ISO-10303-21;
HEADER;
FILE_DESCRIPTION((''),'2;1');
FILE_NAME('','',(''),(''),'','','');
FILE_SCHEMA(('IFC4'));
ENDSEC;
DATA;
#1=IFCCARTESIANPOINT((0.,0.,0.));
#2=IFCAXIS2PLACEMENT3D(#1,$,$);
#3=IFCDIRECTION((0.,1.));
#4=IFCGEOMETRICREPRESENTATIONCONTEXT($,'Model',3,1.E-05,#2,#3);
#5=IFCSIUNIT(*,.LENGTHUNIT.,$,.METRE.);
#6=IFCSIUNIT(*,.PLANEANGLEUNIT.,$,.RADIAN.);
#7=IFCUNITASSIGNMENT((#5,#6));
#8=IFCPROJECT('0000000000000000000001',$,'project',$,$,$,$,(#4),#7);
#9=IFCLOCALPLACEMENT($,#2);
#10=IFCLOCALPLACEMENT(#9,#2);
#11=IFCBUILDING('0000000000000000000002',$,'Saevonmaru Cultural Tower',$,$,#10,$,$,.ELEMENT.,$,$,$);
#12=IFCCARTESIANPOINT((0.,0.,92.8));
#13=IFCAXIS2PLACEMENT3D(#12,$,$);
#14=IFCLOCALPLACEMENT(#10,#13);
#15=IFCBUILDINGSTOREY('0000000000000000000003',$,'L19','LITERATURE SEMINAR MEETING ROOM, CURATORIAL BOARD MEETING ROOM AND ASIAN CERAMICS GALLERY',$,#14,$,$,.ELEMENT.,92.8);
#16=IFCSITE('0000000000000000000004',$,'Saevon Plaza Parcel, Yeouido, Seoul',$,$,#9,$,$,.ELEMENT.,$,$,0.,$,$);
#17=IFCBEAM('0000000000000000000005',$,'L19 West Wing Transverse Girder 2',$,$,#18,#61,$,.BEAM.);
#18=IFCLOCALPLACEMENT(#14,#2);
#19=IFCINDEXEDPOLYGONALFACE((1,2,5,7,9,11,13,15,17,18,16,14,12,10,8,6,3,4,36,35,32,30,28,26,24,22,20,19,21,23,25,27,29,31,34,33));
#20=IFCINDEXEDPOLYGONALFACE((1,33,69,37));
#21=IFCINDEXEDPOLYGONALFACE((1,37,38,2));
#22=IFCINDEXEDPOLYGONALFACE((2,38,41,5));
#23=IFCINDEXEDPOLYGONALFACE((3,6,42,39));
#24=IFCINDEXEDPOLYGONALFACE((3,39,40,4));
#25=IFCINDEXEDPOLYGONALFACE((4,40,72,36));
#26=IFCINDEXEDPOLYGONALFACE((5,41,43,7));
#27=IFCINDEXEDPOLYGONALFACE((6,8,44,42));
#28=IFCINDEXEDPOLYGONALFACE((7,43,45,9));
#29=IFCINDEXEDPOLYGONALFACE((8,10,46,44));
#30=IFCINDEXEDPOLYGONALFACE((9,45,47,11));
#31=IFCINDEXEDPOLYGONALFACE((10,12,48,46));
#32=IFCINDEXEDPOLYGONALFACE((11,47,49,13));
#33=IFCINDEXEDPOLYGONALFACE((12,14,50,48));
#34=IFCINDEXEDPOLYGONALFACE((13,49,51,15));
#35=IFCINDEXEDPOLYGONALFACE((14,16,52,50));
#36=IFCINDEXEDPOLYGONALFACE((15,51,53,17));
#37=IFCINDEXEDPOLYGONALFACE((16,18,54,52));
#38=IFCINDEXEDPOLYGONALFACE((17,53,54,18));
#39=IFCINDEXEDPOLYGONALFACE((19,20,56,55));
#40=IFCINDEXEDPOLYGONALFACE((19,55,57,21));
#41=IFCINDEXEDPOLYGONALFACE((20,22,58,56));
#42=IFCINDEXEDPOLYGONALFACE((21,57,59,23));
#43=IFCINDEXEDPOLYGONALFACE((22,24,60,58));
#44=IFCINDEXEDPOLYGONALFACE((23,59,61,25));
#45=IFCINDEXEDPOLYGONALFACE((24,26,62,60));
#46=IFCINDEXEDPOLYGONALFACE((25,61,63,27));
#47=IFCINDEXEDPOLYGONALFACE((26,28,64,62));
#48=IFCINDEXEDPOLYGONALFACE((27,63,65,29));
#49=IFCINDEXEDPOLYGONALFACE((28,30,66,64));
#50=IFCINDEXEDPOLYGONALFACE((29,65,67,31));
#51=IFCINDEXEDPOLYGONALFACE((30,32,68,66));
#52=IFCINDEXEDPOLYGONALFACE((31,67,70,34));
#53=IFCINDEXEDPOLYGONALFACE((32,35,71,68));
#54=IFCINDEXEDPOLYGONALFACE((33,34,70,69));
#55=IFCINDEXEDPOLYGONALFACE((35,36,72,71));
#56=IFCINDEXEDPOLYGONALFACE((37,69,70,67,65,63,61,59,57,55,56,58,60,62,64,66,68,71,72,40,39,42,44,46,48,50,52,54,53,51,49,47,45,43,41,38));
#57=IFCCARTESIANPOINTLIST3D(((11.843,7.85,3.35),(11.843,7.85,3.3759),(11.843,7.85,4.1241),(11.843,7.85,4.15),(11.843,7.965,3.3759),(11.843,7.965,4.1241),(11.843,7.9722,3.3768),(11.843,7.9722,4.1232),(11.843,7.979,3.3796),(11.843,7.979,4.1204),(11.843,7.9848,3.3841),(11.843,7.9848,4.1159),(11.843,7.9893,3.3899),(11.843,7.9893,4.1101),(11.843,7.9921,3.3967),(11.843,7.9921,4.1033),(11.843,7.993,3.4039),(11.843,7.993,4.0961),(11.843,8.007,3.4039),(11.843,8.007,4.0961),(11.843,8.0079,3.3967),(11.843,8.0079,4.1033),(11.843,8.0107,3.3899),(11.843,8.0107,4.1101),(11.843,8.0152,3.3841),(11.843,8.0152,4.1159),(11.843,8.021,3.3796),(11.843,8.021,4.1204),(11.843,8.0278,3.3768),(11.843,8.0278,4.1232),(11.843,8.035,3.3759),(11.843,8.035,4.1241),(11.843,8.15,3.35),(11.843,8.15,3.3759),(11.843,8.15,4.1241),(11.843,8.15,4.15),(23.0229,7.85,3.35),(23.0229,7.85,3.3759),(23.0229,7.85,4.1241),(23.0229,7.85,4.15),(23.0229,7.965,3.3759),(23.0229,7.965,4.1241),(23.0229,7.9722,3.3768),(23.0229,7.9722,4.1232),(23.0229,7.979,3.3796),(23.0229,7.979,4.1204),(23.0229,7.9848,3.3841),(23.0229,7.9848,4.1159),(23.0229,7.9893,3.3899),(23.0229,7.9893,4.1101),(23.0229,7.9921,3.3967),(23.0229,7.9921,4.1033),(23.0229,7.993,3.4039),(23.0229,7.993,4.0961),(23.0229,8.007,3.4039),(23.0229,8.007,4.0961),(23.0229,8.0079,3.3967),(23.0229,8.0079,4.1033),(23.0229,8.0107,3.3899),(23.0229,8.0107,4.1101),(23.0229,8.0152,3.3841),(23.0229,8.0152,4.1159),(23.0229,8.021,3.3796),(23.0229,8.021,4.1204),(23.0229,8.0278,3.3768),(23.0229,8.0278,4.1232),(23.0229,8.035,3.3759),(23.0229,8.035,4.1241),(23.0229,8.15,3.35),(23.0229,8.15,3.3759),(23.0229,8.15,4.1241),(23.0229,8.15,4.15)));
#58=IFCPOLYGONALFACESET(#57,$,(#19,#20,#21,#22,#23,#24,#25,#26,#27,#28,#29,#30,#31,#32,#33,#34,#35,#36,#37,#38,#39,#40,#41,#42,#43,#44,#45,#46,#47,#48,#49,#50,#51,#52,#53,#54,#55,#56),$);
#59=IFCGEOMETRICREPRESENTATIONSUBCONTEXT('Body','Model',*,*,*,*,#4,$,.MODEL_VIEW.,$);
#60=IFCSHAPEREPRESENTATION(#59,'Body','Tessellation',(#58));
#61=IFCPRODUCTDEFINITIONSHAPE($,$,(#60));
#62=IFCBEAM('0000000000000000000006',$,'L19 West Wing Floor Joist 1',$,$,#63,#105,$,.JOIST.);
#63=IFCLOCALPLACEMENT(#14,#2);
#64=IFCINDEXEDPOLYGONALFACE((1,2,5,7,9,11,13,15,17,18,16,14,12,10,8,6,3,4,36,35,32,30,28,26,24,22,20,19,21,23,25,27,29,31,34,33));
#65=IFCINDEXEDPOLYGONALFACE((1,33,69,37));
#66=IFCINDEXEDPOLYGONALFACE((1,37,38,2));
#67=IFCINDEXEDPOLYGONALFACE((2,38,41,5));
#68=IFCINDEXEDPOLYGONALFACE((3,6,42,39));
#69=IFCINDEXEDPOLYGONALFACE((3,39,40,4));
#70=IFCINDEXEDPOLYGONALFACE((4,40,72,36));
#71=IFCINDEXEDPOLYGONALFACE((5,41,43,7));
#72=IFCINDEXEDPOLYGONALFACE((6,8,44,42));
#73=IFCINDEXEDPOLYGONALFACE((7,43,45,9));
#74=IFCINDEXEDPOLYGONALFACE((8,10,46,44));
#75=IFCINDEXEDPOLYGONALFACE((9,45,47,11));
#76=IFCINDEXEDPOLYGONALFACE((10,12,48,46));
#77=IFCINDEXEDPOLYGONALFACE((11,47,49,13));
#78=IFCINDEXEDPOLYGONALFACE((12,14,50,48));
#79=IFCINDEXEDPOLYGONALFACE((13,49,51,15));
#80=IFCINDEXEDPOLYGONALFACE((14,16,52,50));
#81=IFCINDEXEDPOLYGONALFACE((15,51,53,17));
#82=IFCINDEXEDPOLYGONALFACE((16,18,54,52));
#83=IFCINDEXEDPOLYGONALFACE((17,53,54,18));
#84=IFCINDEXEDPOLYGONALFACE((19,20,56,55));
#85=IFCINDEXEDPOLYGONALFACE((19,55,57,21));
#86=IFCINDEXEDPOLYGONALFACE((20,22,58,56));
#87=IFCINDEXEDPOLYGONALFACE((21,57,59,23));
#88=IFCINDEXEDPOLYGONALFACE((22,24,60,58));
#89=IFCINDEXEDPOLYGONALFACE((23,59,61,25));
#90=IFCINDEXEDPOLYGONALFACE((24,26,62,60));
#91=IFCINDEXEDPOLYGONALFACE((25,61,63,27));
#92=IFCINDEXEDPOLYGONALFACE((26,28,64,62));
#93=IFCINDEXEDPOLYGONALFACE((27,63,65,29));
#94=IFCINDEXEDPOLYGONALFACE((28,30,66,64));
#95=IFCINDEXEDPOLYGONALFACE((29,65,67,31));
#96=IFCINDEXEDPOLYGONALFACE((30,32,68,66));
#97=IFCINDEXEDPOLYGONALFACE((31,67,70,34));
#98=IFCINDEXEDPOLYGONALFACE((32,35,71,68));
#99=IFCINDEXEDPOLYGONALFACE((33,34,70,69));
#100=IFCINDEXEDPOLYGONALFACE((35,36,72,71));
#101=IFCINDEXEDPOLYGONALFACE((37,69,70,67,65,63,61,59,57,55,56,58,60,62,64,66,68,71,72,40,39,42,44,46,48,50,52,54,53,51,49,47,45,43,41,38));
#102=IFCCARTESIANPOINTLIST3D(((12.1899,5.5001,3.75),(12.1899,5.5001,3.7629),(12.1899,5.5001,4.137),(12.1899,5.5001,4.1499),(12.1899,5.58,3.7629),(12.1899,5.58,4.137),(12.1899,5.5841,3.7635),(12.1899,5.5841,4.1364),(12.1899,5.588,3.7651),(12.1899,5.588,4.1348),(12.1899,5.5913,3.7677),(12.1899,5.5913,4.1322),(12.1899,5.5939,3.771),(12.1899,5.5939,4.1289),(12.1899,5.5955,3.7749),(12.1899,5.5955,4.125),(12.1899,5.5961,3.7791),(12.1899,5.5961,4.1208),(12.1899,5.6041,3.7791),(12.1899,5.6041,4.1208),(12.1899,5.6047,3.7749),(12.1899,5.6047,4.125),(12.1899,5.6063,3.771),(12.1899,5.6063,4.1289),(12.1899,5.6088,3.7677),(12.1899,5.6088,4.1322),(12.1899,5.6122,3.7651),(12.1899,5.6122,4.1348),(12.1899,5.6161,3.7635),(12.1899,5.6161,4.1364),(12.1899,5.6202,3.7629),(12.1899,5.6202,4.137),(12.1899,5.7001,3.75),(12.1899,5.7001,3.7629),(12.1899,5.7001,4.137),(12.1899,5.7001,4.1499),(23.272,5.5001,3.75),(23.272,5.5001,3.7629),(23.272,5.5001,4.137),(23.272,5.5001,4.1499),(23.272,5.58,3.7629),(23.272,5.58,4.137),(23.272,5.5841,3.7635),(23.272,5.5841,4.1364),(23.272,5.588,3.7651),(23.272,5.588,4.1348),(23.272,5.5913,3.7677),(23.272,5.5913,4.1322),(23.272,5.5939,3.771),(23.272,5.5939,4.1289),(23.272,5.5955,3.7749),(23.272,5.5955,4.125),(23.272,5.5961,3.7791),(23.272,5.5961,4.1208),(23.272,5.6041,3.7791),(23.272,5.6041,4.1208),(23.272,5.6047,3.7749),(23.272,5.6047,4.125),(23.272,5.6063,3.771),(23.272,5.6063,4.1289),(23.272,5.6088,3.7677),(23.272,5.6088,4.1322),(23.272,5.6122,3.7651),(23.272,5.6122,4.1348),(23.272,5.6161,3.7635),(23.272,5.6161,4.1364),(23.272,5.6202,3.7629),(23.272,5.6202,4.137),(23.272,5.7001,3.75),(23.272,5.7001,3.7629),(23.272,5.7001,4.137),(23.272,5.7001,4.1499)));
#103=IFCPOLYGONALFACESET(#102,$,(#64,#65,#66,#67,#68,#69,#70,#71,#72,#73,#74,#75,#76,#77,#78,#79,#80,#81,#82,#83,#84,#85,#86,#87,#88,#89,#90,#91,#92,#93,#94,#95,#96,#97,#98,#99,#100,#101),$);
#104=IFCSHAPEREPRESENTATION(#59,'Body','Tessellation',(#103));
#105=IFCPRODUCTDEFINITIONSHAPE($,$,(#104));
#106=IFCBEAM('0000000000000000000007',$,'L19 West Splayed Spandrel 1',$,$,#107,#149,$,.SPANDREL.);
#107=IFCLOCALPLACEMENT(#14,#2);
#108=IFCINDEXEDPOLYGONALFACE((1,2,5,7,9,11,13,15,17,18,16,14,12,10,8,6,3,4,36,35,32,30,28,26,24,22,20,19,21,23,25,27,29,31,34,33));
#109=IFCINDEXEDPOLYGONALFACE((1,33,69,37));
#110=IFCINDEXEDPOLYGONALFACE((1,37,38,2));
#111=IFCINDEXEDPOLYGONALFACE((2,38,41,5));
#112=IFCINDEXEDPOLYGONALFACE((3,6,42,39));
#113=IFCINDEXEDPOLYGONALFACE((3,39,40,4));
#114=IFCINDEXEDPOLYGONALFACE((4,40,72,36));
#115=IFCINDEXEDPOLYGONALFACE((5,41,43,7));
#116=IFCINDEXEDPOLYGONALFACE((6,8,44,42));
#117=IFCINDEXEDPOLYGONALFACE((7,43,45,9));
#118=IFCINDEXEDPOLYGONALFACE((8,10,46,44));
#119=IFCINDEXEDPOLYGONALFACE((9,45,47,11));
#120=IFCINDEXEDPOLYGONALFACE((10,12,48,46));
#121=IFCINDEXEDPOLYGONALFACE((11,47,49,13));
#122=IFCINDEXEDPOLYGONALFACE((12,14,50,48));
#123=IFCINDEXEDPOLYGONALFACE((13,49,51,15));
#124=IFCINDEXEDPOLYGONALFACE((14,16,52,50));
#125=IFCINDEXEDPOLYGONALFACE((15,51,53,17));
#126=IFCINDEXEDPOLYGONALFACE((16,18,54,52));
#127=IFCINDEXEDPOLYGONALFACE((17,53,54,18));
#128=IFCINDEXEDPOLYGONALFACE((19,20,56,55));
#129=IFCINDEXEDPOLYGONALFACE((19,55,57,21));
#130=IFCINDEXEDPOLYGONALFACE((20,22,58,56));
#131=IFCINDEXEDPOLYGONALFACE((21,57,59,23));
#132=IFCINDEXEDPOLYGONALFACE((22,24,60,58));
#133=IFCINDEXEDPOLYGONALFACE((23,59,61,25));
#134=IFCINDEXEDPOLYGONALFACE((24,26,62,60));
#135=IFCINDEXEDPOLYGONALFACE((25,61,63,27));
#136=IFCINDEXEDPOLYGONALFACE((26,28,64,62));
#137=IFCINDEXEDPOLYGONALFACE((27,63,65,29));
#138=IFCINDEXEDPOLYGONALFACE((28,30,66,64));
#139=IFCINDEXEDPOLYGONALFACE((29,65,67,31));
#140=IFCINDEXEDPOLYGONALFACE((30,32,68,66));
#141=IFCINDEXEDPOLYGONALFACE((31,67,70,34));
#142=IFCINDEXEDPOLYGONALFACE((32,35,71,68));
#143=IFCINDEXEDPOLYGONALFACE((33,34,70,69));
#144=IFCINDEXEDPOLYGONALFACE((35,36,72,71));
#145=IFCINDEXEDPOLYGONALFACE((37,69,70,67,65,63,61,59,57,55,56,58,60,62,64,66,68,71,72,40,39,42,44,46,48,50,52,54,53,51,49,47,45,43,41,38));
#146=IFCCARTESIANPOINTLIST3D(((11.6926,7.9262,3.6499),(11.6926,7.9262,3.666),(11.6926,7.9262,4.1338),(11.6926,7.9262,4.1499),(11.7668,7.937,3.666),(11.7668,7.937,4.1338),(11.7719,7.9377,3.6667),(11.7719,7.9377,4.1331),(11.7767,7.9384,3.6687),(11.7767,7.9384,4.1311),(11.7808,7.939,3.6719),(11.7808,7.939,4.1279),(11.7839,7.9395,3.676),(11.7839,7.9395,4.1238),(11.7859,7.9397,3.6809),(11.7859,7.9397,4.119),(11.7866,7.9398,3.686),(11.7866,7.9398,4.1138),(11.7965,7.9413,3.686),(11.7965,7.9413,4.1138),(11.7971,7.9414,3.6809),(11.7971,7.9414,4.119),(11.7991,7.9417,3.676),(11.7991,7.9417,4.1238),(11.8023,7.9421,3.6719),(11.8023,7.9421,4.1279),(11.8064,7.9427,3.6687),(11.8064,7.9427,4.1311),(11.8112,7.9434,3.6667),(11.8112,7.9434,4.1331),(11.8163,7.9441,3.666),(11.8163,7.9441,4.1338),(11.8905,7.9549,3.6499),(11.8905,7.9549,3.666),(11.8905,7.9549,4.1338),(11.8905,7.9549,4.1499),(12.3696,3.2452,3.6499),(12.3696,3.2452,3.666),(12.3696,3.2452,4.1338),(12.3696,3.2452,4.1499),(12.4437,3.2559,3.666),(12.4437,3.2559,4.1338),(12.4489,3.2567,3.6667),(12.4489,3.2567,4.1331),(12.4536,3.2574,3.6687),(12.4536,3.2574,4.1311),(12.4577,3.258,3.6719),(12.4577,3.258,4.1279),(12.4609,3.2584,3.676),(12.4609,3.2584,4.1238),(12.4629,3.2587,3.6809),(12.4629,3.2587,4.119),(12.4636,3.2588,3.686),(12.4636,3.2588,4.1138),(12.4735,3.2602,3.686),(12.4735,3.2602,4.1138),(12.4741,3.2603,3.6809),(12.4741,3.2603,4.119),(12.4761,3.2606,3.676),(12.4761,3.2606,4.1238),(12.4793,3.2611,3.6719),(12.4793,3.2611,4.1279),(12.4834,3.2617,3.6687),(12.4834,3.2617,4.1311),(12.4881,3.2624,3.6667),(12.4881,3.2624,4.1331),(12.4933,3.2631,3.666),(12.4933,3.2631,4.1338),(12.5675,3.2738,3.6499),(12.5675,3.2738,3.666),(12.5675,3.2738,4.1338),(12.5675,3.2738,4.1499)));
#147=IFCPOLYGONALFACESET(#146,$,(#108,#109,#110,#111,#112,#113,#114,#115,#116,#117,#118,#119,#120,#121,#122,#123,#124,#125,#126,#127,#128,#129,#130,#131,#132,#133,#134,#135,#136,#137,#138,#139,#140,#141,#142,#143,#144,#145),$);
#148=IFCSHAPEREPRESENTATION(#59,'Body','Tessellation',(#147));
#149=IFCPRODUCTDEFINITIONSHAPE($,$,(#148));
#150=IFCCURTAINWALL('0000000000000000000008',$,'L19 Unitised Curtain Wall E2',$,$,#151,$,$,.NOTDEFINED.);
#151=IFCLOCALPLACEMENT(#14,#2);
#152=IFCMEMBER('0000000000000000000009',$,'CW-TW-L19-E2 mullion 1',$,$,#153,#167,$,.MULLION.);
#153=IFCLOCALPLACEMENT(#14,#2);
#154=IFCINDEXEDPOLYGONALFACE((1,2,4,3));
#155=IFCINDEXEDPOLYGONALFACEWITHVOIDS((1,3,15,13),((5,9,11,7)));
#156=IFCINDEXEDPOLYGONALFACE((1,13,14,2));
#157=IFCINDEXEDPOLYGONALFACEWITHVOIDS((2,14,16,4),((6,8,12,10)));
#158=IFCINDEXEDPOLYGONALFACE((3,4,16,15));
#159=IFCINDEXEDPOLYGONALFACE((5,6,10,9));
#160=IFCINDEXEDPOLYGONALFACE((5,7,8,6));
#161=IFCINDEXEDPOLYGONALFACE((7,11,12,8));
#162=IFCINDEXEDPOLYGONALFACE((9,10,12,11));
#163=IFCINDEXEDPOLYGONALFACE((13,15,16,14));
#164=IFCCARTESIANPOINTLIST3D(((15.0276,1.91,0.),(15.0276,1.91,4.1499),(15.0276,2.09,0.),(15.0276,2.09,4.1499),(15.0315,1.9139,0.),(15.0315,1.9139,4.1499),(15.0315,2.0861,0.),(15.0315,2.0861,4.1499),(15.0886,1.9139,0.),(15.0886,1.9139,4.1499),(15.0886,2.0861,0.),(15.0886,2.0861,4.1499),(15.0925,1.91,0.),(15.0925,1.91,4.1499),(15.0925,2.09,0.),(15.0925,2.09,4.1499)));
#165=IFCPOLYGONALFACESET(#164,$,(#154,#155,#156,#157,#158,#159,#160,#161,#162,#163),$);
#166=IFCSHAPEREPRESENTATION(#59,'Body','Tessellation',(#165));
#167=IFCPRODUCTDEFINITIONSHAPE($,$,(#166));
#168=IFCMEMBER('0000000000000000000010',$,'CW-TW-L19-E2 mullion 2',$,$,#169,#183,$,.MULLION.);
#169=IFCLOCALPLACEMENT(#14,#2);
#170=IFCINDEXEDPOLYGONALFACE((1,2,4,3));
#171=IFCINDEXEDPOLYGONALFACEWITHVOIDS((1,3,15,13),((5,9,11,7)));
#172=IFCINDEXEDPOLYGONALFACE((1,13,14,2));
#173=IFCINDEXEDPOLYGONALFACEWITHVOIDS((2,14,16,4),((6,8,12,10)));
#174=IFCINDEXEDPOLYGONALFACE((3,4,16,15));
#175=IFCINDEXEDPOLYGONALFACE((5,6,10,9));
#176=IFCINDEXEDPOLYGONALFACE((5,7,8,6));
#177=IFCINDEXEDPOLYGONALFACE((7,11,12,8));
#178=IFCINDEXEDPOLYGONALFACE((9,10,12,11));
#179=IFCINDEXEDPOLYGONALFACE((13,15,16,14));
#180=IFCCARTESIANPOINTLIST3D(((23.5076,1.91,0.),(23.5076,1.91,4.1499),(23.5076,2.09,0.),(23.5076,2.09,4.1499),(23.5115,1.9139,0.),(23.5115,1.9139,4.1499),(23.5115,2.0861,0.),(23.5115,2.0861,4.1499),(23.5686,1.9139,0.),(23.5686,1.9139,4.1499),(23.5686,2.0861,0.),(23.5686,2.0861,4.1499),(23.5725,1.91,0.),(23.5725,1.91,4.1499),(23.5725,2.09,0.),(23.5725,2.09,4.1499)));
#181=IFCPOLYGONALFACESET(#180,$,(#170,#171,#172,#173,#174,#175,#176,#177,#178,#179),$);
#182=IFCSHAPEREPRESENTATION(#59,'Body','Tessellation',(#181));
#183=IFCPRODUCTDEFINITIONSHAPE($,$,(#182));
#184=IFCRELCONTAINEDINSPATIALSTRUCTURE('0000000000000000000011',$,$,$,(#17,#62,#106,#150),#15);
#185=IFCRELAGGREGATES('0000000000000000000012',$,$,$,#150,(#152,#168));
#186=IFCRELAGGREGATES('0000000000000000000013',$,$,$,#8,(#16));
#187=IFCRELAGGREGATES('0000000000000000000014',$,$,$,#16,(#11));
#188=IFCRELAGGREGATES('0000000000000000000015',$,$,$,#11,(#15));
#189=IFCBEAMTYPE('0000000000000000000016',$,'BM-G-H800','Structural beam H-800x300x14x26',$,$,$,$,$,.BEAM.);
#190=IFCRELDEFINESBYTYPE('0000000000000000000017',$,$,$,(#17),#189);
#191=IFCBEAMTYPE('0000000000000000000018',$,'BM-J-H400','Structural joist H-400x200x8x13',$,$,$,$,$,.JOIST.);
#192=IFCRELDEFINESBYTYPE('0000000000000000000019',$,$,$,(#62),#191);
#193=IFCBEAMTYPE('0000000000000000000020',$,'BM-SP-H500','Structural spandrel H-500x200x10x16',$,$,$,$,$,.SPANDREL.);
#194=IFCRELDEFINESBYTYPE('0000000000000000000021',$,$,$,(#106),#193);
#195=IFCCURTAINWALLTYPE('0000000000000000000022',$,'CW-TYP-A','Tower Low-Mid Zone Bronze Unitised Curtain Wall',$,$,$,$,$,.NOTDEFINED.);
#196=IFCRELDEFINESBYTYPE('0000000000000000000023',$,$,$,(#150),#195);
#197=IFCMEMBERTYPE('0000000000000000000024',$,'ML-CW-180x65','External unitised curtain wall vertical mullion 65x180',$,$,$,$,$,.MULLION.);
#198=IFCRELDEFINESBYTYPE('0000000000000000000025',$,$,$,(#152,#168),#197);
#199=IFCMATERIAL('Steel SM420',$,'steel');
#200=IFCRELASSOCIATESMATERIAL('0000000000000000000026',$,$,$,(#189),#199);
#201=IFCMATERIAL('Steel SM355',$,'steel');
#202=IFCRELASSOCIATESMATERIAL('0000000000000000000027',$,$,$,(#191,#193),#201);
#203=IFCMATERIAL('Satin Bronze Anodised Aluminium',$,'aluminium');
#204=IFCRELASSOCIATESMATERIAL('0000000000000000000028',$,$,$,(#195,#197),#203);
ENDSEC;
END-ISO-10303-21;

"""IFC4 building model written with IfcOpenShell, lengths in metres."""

from ifc_helpers import new_model, si_unit, direction, frame, origin, origin_2d, place, context, subcontext, project, spatial, hollow_rectangle, i_section, extrude, material, material_profile, profile_set, type_object, element, aggregate, save


model = new_model("IFC4")

# Units and contexts
model_context = context("Model", 3, precision=1e-05, world=origin(), true_north=direction((0.0, 1.0)))
body_context = subcontext(model_context, "Body", "Model", "MODEL_VIEW")
ifc_project = project(units=[si_unit("LENGTHUNIT", "METRE"), si_unit("PLANEANGLEUNIT", "RADIAN")], contexts=[model_context])

# Site, building, storey
site_placement = place(None, origin())
site = spatial("IfcSite", under=ifc_project, at=site_placement, Name="Saevon Plaza Parcel, Yeouido, Seoul", CompositionType="ELEMENT", RefElevation=0.0)
building_placement = place(site_placement, origin())
building = spatial("IfcBuilding", under=site, at=building_placement, Name="Saevonmaru Cultural Tower", CompositionType="ELEMENT")
storey_placement = place(building_placement, frame((0.0, 0.0, 92.8)))
storey = spatial("IfcBuildingStorey", under=building, at=storey_placement, Name="L19", Description="LITERATURE SEMINAR MEETING ROOM, CURATORIAL BOARD MEETING ROOM AND ASIAN CERAMICS GALLERY", CompositionType="ELEMENT", Elevation=92.8)

# Shared definitions
ifc_material_1 = material(Name="Steel SM420", Category="steel")

# Beams
ifc_material_profile_1 = material_profile(ifc_material_1, i_section(OverallWidth=0.3, OverallDepth=0.8, WebThickness=0.0139, FlangeThickness=0.0259, FilletRadius=0.0281, at=origin_2d()), Name="H-800x300x14x26")
ifc_profile_set_1 = profile_set([ifc_material_profile_1], Name="Steel SM420")
beam_type_1 = type_object("IfcBeamType", Name="BM-G-H800", Description="Structural beam H-800x300x14x26", PredefinedType="BEAM", material=ifc_profile_set_1)
for number, where, z_axis, x_axis, name in (
    (1, (11.843, 8.0, 3.75), (1.0, 0.0, 0.0), (0.0, 1.0, 0.0), "L19 West Wing Transverse Girder 2"),
):
    element("IfcBeam", number, at=place(storey_placement, frame(where, z_axis=z_axis, x_axis=x_axis)), inside=storey, type_object=beam_type_1, Name=name, PredefinedType="BEAM", context=body_context, shape_type="SweptSolid", body=[
        extrude(i_section(OverallWidth=0.3, OverallDepth=0.8, WebThickness=0.0139, FlangeThickness=0.0259, FilletRadius=0.0281, at=origin_2d()), origin(), (0.0, 0.0, 1.0), 11.1799),
    ])
ifc_material_2 = material(Name="Steel SM355", Category="steel")
ifc_material_profile_2 = material_profile(ifc_material_2, i_section(OverallWidth=0.2, OverallDepth=0.3999, WebThickness=0.0081, FlangeThickness=0.0129, FilletRadius=0.0161, at=origin_2d()), Name="H-400x200x8x13")
ifc_profile_set_2 = profile_set([ifc_material_profile_2], Name="Steel SM355")
beam_type_2 = type_object("IfcBeamType", Name="BM-J-H400", Description="Structural joist H-400x200x8x13", PredefinedType="JOIST", material=ifc_profile_set_2)
beam_1_placement = place(storey_placement, frame((12.1899, 5.6001, 3.95), z_axis=(1.0, 0.0, 0.0), x_axis=(0.0, 1.0, 0.0)))
element("IfcBeam", 2, at=beam_1_placement, inside=storey, type_object=beam_type_2, Name="L19 West Wing Floor Joist 1", PredefinedType="JOIST", context=body_context, shape_type="SweptSolid", body=[
    extrude(i_section(OverallWidth=0.2, OverallDepth=0.3999, WebThickness=0.0081, FlangeThickness=0.0129, FilletRadius=0.0161, at=origin_2d()), origin(), (0.0, 0.0, 1.0), 11.082),
])
ifc_material_profile_3 = material_profile(ifc_material_2, i_section(OverallWidth=0.2, OverallDepth=0.5, WebThickness=0.01, FlangeThickness=0.0161, FilletRadius=0.02, at=origin_2d()), Name="H-500x200x10x16")
ifc_profile_set_3 = profile_set([ifc_material_profile_3], Name="Steel SM355")
beam_type_3 = type_object("IfcBeamType", Name="BM-SP-H500", Description="Structural spandrel H-500x200x10x16", PredefinedType="SPANDREL", material=ifc_profile_set_3)
beam_2_placement = place(storey_placement, frame((12.4685, 3.2595, 3.8999), z_axis=(-0.143134, 0.989703, 0.0), x_axis=(-0.989703, -0.143134, 0.0)))
element("IfcBeam", 3, at=beam_2_placement, inside=storey, type_object=beam_type_3, Name="L19 West Splayed Spandrel 1", PredefinedType="SPANDREL", context=body_context, shape_type="SweptSolid", body=[
    extrude(i_section(OverallWidth=0.2, OverallDepth=0.5, WebThickness=0.01, FlangeThickness=0.0161, FilletRadius=0.02, at=origin_2d()), origin(), (0.0, 0.0, 1.0), 4.7297),
])

# Curtain wall, members
ifc_material_3 = material(Name="Satin Bronze Anodised Aluminium", Category="aluminium")
curtain_wall_type = type_object("IfcCurtainWallType", Name="CW-TYP-A", Description="Tower Low-Mid Zone Bronze Unitised Curtain Wall", PredefinedType="NOTDEFINED", material=ifc_material_3)
curtain_wall_1_placement = place(storey_placement, origin())
curtain_wall_1 = element("IfcCurtainWall", 4, at=curtain_wall_1_placement, inside=storey, type_object=curtain_wall_type, Name="L19 Unitised Curtain Wall E2", PredefinedType="NOTDEFINED")
ifc_material_profile_4 = material_profile(ifc_material_3, hollow_rectangle(XDim=0.0649, YDim=0.1799, WallThickness=0.0039, at=origin_2d()), Name="ALU-MULL-180x65x4")
ifc_profile_set_4 = profile_set([ifc_material_profile_4], Name="Satin Bronze Anodised Aluminium")
member_type_1 = type_object("IfcMemberType", Name="ML-CW-180x65", Description="External unitised curtain wall vertical mullion 65x180", PredefinedType="MULLION", material=ifc_profile_set_4)
member_1_placement = place(storey_placement, frame((15.0601, 2.0, 0.0), z_axis=(0.0, 0.0, 1.0), x_axis=(1.0, 0.0, 0.0)))
member_1 = element("IfcMember", 5, at=member_1_placement, type_object=member_type_1, Name="CW-TW-L19-E2 mullion 1", PredefinedType="MULLION", context=body_context, shape_type="SweptSolid", body=[
    extrude(hollow_rectangle(XDim=0.0649, YDim=0.1799, WallThickness=0.0039, at=origin_2d()), origin(), (0.0, 0.0, 1.0), 4.1499),
])
member_2_placement = place(storey_placement, frame((23.54, 2.0, 0.0), z_axis=(0.0, 0.0, 1.0), x_axis=(1.0, 0.0, 0.0)))
member_2 = element("IfcMember", 6, at=member_2_placement, type_object=member_type_1, Name="CW-TW-L19-E2 mullion 2", PredefinedType="MULLION", context=body_context, shape_type="SweptSolid", body=[
    extrude(hollow_rectangle(XDim=0.0649, YDim=0.1799, WallThickness=0.0039, at=origin_2d()), origin(), (0.0, 0.0, 1.0), 4.1499),
])

aggregate(curtain_wall_1, [member_1, member_2])

save(model, "model.ifc")
